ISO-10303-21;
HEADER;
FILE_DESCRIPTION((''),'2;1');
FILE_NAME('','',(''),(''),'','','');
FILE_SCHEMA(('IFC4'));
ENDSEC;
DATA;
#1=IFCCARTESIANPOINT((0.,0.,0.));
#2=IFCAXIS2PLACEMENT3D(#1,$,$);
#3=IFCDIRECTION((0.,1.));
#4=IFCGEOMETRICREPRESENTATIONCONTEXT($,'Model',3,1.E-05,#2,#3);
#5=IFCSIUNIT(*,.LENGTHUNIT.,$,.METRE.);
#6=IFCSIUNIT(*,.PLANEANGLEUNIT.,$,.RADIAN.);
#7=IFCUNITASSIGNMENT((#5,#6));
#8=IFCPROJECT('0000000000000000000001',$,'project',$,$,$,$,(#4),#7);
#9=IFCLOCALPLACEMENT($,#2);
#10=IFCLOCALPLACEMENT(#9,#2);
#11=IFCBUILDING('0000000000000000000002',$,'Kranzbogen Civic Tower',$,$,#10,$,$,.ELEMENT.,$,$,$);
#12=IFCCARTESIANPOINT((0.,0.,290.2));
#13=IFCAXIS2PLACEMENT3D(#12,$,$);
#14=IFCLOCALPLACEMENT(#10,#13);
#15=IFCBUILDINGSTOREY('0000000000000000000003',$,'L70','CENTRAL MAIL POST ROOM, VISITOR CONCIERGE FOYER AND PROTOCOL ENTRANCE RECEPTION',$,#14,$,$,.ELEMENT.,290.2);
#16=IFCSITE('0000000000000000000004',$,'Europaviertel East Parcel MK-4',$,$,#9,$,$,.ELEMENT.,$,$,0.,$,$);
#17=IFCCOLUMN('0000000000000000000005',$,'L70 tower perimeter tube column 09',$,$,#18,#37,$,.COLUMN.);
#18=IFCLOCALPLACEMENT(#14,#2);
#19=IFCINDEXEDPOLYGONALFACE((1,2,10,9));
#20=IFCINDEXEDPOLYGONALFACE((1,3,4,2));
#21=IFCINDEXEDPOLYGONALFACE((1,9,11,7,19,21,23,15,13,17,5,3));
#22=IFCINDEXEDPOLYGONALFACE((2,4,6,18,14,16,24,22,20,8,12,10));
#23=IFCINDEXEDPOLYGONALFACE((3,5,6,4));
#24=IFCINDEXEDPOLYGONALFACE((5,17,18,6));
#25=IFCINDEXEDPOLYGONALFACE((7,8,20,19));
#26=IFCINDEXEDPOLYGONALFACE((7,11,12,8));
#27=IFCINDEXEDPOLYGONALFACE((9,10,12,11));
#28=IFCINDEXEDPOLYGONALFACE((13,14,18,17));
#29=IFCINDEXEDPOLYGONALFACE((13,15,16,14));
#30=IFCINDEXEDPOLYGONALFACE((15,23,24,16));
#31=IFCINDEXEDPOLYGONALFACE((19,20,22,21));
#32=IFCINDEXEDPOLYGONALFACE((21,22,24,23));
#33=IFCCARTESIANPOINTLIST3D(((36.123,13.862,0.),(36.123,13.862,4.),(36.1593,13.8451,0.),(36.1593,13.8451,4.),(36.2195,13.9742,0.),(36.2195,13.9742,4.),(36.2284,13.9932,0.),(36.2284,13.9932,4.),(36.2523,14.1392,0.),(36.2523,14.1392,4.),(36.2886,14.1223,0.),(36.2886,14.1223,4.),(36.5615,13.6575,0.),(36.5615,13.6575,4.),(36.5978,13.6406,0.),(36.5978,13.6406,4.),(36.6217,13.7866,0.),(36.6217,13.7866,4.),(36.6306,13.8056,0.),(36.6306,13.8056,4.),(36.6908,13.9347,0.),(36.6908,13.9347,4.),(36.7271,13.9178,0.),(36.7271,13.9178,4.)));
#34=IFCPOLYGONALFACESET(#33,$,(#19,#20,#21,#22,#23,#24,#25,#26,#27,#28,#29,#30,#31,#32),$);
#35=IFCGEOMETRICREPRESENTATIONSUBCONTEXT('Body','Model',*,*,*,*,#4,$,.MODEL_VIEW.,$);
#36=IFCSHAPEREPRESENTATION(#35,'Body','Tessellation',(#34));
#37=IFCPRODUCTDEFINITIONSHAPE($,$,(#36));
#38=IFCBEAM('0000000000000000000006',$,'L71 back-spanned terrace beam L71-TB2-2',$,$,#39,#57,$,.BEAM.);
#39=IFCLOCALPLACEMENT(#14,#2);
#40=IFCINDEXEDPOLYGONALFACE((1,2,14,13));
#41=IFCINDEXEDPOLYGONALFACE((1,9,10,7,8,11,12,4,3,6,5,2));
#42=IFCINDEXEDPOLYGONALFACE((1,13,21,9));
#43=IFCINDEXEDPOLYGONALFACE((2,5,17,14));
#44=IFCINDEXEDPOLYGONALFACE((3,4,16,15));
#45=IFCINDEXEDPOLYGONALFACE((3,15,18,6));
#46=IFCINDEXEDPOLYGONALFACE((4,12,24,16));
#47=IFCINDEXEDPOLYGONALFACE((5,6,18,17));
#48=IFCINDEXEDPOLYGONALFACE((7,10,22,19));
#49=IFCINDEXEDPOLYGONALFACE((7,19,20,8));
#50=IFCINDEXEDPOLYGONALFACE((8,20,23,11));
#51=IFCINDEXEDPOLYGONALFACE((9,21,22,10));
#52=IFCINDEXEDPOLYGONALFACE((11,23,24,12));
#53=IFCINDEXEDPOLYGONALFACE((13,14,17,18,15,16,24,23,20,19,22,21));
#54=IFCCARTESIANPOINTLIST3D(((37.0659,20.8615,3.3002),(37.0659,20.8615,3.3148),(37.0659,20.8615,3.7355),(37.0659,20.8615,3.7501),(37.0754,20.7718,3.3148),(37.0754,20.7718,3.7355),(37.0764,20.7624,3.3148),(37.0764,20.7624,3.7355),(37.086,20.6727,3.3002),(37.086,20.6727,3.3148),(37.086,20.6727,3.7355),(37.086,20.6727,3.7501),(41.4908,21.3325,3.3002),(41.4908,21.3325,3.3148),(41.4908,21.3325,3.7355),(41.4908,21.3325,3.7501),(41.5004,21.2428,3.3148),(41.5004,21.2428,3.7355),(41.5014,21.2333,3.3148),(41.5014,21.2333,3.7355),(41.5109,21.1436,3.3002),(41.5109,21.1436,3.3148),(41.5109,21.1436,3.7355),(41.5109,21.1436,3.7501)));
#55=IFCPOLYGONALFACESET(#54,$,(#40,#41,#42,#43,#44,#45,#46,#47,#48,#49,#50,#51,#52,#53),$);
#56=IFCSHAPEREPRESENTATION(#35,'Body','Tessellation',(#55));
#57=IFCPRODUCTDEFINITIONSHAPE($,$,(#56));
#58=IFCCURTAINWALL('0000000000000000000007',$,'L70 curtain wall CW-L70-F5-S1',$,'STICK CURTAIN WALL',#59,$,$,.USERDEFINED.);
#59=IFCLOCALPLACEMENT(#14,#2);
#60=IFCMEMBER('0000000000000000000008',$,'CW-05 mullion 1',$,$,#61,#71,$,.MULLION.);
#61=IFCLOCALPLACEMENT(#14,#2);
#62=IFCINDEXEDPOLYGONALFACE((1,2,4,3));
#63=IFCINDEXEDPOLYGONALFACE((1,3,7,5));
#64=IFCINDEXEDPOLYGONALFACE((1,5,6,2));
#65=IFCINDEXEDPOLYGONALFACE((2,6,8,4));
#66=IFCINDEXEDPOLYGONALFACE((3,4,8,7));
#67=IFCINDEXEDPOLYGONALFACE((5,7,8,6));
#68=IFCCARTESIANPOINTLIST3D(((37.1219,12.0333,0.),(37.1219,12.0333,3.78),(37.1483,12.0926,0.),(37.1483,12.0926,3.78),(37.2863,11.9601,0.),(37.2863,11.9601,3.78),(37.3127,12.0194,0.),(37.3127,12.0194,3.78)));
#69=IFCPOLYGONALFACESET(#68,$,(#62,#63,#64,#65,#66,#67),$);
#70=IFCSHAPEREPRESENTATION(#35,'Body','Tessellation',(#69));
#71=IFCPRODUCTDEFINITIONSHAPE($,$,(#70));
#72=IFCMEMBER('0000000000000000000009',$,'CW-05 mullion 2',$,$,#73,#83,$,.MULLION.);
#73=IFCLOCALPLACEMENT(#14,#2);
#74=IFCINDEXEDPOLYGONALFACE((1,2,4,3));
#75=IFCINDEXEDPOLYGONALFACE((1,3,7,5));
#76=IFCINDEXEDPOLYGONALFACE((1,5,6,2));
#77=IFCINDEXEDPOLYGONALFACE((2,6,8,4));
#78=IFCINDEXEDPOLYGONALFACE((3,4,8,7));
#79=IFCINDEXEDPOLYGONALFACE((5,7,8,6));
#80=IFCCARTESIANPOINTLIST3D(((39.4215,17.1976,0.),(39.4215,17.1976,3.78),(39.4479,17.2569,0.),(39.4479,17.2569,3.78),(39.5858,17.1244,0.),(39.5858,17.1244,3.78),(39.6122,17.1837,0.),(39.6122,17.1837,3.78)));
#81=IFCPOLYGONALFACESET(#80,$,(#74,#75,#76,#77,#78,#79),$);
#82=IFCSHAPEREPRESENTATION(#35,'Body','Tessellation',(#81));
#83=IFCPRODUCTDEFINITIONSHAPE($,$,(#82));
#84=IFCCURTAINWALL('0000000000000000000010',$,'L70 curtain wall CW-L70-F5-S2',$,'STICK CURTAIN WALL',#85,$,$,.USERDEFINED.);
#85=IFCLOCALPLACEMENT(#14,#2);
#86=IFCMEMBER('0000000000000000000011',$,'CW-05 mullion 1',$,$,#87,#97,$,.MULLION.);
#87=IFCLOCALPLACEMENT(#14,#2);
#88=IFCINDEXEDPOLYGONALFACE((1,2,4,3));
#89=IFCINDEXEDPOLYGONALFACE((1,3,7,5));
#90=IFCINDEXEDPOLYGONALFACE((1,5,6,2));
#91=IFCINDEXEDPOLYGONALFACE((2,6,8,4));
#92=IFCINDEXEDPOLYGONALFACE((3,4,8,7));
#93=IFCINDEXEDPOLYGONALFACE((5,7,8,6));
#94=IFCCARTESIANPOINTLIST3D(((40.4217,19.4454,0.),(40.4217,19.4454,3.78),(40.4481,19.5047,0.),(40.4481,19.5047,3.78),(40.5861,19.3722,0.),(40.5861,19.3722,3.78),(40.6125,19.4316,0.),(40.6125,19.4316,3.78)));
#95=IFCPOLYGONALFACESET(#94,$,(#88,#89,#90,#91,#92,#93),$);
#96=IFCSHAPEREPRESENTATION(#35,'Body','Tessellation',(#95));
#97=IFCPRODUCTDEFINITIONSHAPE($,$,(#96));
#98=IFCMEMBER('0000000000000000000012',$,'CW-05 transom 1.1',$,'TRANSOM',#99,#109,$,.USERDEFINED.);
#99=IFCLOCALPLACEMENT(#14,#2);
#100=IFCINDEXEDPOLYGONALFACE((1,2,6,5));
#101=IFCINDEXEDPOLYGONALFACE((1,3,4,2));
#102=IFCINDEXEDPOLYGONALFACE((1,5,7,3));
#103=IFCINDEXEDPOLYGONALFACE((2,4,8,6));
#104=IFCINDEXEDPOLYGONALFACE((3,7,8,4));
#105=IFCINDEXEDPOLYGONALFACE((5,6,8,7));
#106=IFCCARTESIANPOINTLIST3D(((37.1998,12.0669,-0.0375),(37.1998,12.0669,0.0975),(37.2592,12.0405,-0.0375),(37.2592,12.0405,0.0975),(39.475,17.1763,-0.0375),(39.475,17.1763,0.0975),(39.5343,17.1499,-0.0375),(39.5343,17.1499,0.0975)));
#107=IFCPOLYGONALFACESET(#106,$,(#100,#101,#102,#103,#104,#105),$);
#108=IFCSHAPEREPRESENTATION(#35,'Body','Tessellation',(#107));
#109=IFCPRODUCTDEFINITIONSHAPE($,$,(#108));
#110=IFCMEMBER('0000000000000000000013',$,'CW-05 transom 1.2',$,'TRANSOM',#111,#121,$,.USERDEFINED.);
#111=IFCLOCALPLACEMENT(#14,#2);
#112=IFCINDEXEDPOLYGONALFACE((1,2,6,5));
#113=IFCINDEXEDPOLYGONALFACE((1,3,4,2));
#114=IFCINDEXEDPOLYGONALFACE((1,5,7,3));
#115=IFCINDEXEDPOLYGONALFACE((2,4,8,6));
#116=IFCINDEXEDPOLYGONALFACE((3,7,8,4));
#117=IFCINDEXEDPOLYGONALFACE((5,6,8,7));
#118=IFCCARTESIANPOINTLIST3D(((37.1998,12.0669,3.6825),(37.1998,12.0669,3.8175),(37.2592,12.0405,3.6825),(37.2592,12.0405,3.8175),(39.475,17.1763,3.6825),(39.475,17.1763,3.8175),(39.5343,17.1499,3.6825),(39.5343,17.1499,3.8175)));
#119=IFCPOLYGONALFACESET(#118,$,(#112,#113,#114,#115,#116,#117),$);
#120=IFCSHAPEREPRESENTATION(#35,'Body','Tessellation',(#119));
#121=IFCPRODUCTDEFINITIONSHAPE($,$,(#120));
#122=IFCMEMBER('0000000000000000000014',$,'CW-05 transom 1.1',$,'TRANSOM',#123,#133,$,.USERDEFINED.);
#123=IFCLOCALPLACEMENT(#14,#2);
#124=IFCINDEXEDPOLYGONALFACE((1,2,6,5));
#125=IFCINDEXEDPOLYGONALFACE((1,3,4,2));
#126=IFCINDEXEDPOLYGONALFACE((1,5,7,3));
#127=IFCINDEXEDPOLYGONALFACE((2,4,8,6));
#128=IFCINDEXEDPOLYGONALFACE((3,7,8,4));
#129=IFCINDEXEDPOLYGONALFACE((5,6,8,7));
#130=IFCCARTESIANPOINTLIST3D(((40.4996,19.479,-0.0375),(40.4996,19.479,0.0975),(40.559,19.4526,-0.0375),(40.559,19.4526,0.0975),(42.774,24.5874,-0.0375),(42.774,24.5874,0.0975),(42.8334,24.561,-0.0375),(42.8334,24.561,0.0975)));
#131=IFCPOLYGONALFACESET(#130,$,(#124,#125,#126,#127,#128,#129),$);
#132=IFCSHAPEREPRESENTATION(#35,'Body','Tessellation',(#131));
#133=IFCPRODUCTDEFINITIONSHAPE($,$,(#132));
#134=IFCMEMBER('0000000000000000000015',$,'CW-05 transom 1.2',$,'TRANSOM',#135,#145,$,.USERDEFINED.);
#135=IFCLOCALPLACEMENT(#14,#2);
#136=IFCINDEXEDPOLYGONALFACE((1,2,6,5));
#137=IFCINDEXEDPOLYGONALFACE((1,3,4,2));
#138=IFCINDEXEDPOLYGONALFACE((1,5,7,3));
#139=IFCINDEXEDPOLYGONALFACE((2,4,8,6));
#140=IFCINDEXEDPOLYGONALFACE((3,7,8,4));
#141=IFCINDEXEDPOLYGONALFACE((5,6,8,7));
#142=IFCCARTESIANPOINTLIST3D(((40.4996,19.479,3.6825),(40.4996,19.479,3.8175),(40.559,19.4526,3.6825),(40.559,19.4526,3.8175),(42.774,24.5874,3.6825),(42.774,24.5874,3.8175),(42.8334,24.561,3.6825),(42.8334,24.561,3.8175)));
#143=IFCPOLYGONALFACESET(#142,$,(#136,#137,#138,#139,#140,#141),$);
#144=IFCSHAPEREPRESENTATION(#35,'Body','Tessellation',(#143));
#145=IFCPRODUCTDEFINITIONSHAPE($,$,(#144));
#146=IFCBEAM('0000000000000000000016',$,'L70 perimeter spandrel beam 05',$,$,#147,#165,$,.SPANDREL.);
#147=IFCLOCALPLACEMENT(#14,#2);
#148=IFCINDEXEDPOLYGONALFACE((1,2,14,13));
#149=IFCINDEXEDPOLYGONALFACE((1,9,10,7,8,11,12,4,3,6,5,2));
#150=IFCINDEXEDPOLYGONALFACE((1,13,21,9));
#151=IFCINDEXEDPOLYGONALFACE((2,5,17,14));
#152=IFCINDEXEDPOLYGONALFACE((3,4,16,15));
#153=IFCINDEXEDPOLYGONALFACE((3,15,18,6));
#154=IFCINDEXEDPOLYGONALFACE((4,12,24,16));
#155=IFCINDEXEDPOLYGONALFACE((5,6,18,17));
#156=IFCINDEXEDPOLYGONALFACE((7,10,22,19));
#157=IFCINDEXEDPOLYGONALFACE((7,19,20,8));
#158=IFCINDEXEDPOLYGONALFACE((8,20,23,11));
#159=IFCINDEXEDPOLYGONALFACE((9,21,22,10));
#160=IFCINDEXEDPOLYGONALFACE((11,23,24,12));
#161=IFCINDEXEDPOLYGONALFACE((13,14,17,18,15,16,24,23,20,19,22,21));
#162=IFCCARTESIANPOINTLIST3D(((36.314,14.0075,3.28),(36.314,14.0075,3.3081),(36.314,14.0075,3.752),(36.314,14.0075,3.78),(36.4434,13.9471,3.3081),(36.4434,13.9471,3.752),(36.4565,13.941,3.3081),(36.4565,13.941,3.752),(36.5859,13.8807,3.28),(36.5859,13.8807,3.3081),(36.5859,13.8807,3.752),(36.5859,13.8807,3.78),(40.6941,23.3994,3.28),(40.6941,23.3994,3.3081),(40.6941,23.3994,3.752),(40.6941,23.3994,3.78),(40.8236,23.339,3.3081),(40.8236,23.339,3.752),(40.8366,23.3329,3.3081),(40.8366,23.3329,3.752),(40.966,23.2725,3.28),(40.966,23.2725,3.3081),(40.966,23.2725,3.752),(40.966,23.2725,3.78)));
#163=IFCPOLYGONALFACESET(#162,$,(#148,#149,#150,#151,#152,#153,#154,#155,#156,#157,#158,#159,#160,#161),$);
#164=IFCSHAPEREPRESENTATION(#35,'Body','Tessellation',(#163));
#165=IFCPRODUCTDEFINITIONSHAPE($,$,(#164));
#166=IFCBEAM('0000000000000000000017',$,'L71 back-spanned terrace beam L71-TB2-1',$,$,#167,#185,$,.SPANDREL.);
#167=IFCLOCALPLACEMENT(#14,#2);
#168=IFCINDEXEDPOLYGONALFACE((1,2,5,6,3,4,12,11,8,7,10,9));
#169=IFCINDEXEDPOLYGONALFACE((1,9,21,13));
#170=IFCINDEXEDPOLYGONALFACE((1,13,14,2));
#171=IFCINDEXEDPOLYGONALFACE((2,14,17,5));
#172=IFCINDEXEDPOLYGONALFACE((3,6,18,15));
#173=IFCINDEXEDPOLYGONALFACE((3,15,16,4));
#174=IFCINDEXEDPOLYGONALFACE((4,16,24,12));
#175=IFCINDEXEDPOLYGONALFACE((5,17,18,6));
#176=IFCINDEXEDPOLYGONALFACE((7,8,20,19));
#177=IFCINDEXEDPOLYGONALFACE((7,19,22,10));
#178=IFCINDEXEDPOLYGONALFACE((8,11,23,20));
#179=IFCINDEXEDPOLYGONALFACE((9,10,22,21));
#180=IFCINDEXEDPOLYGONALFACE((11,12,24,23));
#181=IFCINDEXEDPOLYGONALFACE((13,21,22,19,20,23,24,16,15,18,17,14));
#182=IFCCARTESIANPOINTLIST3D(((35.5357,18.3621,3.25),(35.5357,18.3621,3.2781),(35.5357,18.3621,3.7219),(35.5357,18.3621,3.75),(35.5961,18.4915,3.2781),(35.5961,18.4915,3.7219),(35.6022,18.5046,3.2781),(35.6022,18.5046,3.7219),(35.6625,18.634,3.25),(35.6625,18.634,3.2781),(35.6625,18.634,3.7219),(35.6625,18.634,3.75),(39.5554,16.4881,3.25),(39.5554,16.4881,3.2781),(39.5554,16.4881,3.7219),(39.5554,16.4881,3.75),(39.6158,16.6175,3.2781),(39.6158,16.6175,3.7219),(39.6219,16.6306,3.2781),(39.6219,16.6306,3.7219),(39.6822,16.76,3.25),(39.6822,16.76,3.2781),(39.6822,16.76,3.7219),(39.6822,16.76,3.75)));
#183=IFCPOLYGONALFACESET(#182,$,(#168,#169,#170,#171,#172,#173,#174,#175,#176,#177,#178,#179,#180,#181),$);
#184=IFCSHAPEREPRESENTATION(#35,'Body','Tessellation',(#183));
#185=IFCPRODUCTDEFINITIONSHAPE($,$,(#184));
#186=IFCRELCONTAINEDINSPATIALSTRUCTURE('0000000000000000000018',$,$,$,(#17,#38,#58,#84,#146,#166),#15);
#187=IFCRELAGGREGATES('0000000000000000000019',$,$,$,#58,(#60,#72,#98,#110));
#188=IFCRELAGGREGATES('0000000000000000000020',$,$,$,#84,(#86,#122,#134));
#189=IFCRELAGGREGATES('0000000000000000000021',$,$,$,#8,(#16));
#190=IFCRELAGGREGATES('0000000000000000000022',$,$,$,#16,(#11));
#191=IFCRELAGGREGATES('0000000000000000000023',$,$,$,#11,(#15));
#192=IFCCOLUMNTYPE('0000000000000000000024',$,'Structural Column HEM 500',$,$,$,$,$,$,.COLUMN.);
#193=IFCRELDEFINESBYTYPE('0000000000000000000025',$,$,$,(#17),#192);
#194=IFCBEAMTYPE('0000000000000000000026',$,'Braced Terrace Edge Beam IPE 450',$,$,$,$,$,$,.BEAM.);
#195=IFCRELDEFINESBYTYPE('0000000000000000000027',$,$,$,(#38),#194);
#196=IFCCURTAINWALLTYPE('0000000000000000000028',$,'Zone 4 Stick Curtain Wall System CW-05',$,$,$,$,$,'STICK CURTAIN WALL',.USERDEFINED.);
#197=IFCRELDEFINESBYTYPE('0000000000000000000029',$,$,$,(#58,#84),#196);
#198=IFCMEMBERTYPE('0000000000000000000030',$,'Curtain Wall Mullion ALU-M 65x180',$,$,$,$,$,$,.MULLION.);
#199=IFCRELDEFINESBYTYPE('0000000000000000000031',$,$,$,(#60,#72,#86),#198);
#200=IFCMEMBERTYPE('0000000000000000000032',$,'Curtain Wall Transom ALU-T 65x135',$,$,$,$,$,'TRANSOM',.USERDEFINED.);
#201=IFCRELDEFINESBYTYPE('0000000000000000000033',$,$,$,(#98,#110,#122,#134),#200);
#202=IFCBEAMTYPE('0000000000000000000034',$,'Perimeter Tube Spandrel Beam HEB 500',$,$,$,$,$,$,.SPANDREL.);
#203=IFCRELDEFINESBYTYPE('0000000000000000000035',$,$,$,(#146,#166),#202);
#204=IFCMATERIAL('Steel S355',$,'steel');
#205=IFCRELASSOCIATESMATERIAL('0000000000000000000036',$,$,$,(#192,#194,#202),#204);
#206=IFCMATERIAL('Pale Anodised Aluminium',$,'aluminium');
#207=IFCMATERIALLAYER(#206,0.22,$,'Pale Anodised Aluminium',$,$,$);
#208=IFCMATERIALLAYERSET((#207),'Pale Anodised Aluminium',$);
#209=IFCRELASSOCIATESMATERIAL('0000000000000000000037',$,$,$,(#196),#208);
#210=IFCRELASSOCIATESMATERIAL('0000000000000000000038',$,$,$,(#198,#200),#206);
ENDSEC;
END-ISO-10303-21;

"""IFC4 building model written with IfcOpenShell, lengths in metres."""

from ifc_helpers import new_model, si_unit, direction, frame, origin, origin_2d, place, context, subcontext, project, spatial, rectangle, i_section, extrude, material, layer, layer_set, material_profile, profile_set, type_object, element, aggregate, save


model = new_model("IFC4")

# Units and contexts
model_context = context("Model", 3, precision=1e-05, world=origin(), true_north=direction((0.0, 1.0)))
body_context = subcontext(model_context, "Body", "Model", "MODEL_VIEW")
ifc_project = project(units=[si_unit("LENGTHUNIT", "METRE"), si_unit("PLANEANGLEUNIT", "RADIAN")], contexts=[model_context])

# Site, building, storey
site_placement = place(None, origin())
site = spatial("IfcSite", under=ifc_project, at=site_placement, Name="Europaviertel East Parcel MK-4", CompositionType="ELEMENT", RefElevation=0.0)
building_placement = place(site_placement, origin())
building = spatial("IfcBuilding", under=site, at=building_placement, Name="Kranzbogen Civic Tower", CompositionType="ELEMENT")
storey_placement = place(building_placement, frame((0.0, 0.0, 290.2)))
storey = spatial("IfcBuildingStorey", under=building, at=storey_placement, Name="L70", Description="CENTRAL MAIL POST ROOM, VISITOR CONCIERGE FOYER AND PROTOCOL ENTRANCE RECEPTION", CompositionType="ELEMENT", Elevation=290.2)

# Column
ifc_material_1 = material(Name="Steel S355", Category="steel")
ifc_material_profile_1 = material_profile(ifc_material_1, i_section(OverallWidth=0.3059, OverallDepth=0.5239, WebThickness=0.021, FlangeThickness=0.04, at=origin_2d()), Name="HEM 500")
ifc_profile_set_1 = profile_set([ifc_material_profile_1], Name="Steel S355")
column_type = type_object("IfcColumnType", Name="Structural Column HEM 500", PredefinedType="COLUMN", material=ifc_profile_set_1)
column_placement = place(storey_placement, frame((36.425, 13.8899, 0.0), z_axis=(0.0, 0.0, 1.0), x_axis=(0.422618, 0.906308, 0.0)))
element("IfcColumn", 1, at=column_placement, inside=storey, type_object=column_type, Name="L70 tower perimeter tube column 09", PredefinedType="COLUMN", context=body_context, shape_type="SweptSolid", body=[
    extrude(i_section(OverallWidth=0.3059, OverallDepth=0.5239, WebThickness=0.021, FlangeThickness=0.04, at=origin_2d()), origin(), (0.0, 0.0, 1.0), 4.0),
])

# Beam
ifc_material_profile_2 = material_profile(ifc_material_1, i_section(OverallWidth=0.1899, OverallDepth=0.45, WebThickness=0.0095, FlangeThickness=0.0146, at=origin_2d()), Name="IPE 450")
ifc_profile_set_2 = profile_set([ifc_material_profile_2], Name="Steel S355")
beam_type_1 = type_object("IfcBeamType", Name="Braced Terrace Edge Beam IPE 450", PredefinedType="BEAM", material=ifc_profile_set_2)
beam_1_placement = place(storey_placement, frame((37.0759, 20.7671, 3.5251), z_axis=(0.994384, 0.10583, 0.0), x_axis=(-0.10583, 0.994384, 0.0)))
element("IfcBeam", 2, at=beam_1_placement, inside=storey, type_object=beam_type_1, Name="L71 back-spanned terrace beam L71-TB2-2", PredefinedType="BEAM", context=body_context, shape_type="SweptSolid", body=[
    extrude(i_section(OverallWidth=0.1899, OverallDepth=0.45, WebThickness=0.0095, FlangeThickness=0.0146, at=origin_2d()), origin(), (0.0, 0.0, 1.0), 4.45),
])

# Curtain wall, members
ifc_material_2 = material(Name="Pale Anodised Aluminium", Category="aluminium")
ifc_layer_1 = layer(ifc_material_2, 0.22, Name="Pale Anodised Aluminium")
ifc_layer_set_1 = layer_set([ifc_layer_1], Name="Pale Anodised Aluminium")
curtain_wall_type = type_object("IfcCurtainWallType", Name="Zone 4 Stick Curtain Wall System CW-05", ElementType="STICK CURTAIN WALL", PredefinedType="USERDEFINED", material=ifc_layer_set_1)
curtain_wall_1_placement = place(storey_placement, origin())
curtain_wall_1 = element("IfcCurtainWall", 3, at=curtain_wall_1_placement, inside=storey, type_object=curtain_wall_type, Name="L70 curtain wall CW-L70-F5-S1", ObjectType="STICK CURTAIN WALL", PredefinedType="USERDEFINED")
ifc_material_profile_3 = material_profile(ifc_material_2, rectangle(XDim=0.0649, YDim=0.1799, at=origin_2d()), Name="ALU-M 65x180")
ifc_profile_set_3 = profile_set([ifc_material_profile_3], Name="Pale Anodised Aluminium")
member_type_1 = type_object("IfcMemberType", Name="Curtain Wall Mullion ALU-M 65x180", PredefinedType="MULLION", material=ifc_profile_set_3)
member_1_placement = place(storey_placement, frame((37.2173, 12.0264, 0.0), z_axis=(0.0, 0.0, 1.0), x_axis=(0.406788, 0.913523, 0.0)))
member_1 = element("IfcMember", 4, at=member_1_placement, type_object=member_type_1, Name="CW-05 mullion 1", PredefinedType="MULLION", context=body_context, shape_type="SweptSolid", body=[
    extrude(rectangle(XDim=0.0649, YDim=0.1799, at=origin_2d()), origin(), (0.0, 0.0, 1.0), 3.78),
])
member_2_placement = place(storey_placement, frame((39.5168, 17.1907, 0.0), z_axis=(0.0, 0.0, 1.0), x_axis=(0.406788, 0.913523, 0.0)))
member_2 = element("IfcMember", 5, at=member_2_placement, type_object=member_type_1, Name="CW-05 mullion 2", PredefinedType="MULLION", context=body_context, shape_type="SweptSolid", body=[
    extrude(rectangle(XDim=0.0649, YDim=0.1799, at=origin_2d()), origin(), (0.0, 0.0, 1.0), 3.78),
])

# Curtain wall, member
curtain_wall_2_placement = place(storey_placement, origin())
curtain_wall_2 = element("IfcCurtainWall", 6, at=curtain_wall_2_placement, inside=storey, type_object=curtain_wall_type, Name="L70 curtain wall CW-L70-F5-S2", ObjectType="STICK CURTAIN WALL", PredefinedType="USERDEFINED")
member_3_placement = place(storey_placement, frame((40.5171, 19.4385, 0.0), z_axis=(0.0, 0.0, 1.0), x_axis=(0.406707, 0.913559, 0.0)))
member_3 = element("IfcMember", 7, at=member_3_placement, type_object=member_type_1, Name="CW-05 mullion 1", PredefinedType="MULLION", context=body_context, shape_type="SweptSolid", body=[
    extrude(rectangle(XDim=0.0649, YDim=0.1799, at=origin_2d()), origin(), (0.0, 0.0, 1.0), 3.78),
])

# Members
ifc_material_profile_4 = material_profile(ifc_material_2, rectangle(XDim=0.0649, YDim=0.135, at=origin_2d()), Name="ALU-T 65x135")
ifc_profile_set_4 = profile_set([ifc_material_profile_4], Name="Pale Anodised Aluminium")
member_type_2 = type_object("IfcMemberType", Name="Curtain Wall Transom ALU-T 65x135", ElementType="TRANSOM", PredefinedType="USERDEFINED", material=ifc_profile_set_4)
member_4_placement = place(storey_placement, frame((37.2295, 12.0537, 0.03), z_axis=(0.406782, 0.913525, 0.0), x_axis=(-0.913525, 0.406782, 0.0)))
member_4 = element("IfcMember", 8, at=member_4_placement, type_object=member_type_2, Name="CW-05 transom 1.1", ObjectType="TRANSOM", PredefinedType="USERDEFINED", context=body_context, shape_type="SweptSolid", body=[
    extrude(rectangle(XDim=0.0649, YDim=0.135, at=origin_2d()), origin(), (0.0, 0.0, 1.0), 5.593),
])
member_5_placement = place(storey_placement, frame((37.2295, 12.0537, 3.75), z_axis=(0.406782, 0.913525, 0.0), x_axis=(-0.913525, 0.406782, 0.0)))
member_5 = element("IfcMember", 9, at=member_5_placement, type_object=member_type_2, Name="CW-05 transom 1.2", ObjectType="TRANSOM", PredefinedType="USERDEFINED", context=body_context, shape_type="SweptSolid", body=[
    extrude(rectangle(XDim=0.0649, YDim=0.135, at=origin_2d()), origin(), (0.0, 0.0, 1.0), 5.593),
])
member_6_placement = place(storey_placement, frame((40.5293, 19.4658, 0.03), z_axis=(0.406738, 0.913545, 0.0), x_axis=(-0.913545, 0.406738, 0.0)))
member_6 = element("IfcMember", 10, at=member_6_placement, type_object=member_type_2, Name="CW-05 transom 1.1", ObjectType="TRANSOM", PredefinedType="USERDEFINED", context=body_context, shape_type="SweptSolid", body=[
    extrude(rectangle(XDim=0.0649, YDim=0.135, at=origin_2d()), origin(), (0.0, 0.0, 1.0), 5.5918),
])
member_7_placement = place(storey_placement, frame((40.5293, 19.4658, 3.75), z_axis=(0.406738, 0.913545, 0.0), x_axis=(-0.913545, 0.406738, 0.0)))
member_7 = element("IfcMember", 11, at=member_7_placement, type_object=member_type_2, Name="CW-05 transom 1.2", ObjectType="TRANSOM", PredefinedType="USERDEFINED", context=body_context, shape_type="SweptSolid", body=[
    extrude(rectangle(XDim=0.0649, YDim=0.135, at=origin_2d()), origin(), (0.0, 0.0, 1.0), 5.5918),
])

# Beams
ifc_material_profile_5 = material_profile(ifc_material_1, i_section(OverallWidth=0.3, OverallDepth=0.5, WebThickness=0.0144, FlangeThickness=0.0281, at=origin_2d()), Name="HEB 500")
ifc_profile_set_5 = profile_set([ifc_material_profile_5], Name="Steel S355")
beam_type_2 = type_object("IfcBeamType", Name="Perimeter Tube Spandrel Beam HEB 500", PredefinedType="SPANDREL", material=ifc_profile_set_5)
beam_2_placement = place(storey_placement, frame((36.45, 13.9441, 3.53), z_axis=(0.422669, 0.906284, 0.0), x_axis=(-0.906284, 0.422669, 0.0)))
element("IfcBeam", 12, at=beam_2_placement, inside=storey, type_object=beam_type_2, Name="L70 perimeter spandrel beam 05", PredefinedType="SPANDREL", context=body_context, shape_type="SweptSolid", body=[
    extrude(i_section(OverallWidth=0.3, OverallDepth=0.5, WebThickness=0.0144, FlangeThickness=0.0281, at=origin_2d()), origin(), (0.0, 0.0, 1.0), 10.363),
])
beam_3_placement = place(storey_placement, frame((35.5991, 18.498, 3.5), z_axis=(0.906345, -0.422539, 0.0), x_axis=(0.422539, 0.906345, 0.0)))
element("IfcBeam", 13, at=beam_3_placement, inside=storey, type_object=beam_type_2, Name="L71 back-spanned terrace beam L71-TB2-1", PredefinedType="SPANDREL", context=body_context, shape_type="SweptSolid", body=[
    extrude(i_section(OverallWidth=0.3, OverallDepth=0.5, WebThickness=0.0144, FlangeThickness=0.0281, at=origin_2d()), origin(), (0.0, 0.0, 1.0), 4.4351),
])

aggregate(curtain_wall_1, [member_1, member_2, member_4, member_5])
aggregate(curtain_wall_2, [member_3, member_6, member_7])

save(model, "model.ifc")
